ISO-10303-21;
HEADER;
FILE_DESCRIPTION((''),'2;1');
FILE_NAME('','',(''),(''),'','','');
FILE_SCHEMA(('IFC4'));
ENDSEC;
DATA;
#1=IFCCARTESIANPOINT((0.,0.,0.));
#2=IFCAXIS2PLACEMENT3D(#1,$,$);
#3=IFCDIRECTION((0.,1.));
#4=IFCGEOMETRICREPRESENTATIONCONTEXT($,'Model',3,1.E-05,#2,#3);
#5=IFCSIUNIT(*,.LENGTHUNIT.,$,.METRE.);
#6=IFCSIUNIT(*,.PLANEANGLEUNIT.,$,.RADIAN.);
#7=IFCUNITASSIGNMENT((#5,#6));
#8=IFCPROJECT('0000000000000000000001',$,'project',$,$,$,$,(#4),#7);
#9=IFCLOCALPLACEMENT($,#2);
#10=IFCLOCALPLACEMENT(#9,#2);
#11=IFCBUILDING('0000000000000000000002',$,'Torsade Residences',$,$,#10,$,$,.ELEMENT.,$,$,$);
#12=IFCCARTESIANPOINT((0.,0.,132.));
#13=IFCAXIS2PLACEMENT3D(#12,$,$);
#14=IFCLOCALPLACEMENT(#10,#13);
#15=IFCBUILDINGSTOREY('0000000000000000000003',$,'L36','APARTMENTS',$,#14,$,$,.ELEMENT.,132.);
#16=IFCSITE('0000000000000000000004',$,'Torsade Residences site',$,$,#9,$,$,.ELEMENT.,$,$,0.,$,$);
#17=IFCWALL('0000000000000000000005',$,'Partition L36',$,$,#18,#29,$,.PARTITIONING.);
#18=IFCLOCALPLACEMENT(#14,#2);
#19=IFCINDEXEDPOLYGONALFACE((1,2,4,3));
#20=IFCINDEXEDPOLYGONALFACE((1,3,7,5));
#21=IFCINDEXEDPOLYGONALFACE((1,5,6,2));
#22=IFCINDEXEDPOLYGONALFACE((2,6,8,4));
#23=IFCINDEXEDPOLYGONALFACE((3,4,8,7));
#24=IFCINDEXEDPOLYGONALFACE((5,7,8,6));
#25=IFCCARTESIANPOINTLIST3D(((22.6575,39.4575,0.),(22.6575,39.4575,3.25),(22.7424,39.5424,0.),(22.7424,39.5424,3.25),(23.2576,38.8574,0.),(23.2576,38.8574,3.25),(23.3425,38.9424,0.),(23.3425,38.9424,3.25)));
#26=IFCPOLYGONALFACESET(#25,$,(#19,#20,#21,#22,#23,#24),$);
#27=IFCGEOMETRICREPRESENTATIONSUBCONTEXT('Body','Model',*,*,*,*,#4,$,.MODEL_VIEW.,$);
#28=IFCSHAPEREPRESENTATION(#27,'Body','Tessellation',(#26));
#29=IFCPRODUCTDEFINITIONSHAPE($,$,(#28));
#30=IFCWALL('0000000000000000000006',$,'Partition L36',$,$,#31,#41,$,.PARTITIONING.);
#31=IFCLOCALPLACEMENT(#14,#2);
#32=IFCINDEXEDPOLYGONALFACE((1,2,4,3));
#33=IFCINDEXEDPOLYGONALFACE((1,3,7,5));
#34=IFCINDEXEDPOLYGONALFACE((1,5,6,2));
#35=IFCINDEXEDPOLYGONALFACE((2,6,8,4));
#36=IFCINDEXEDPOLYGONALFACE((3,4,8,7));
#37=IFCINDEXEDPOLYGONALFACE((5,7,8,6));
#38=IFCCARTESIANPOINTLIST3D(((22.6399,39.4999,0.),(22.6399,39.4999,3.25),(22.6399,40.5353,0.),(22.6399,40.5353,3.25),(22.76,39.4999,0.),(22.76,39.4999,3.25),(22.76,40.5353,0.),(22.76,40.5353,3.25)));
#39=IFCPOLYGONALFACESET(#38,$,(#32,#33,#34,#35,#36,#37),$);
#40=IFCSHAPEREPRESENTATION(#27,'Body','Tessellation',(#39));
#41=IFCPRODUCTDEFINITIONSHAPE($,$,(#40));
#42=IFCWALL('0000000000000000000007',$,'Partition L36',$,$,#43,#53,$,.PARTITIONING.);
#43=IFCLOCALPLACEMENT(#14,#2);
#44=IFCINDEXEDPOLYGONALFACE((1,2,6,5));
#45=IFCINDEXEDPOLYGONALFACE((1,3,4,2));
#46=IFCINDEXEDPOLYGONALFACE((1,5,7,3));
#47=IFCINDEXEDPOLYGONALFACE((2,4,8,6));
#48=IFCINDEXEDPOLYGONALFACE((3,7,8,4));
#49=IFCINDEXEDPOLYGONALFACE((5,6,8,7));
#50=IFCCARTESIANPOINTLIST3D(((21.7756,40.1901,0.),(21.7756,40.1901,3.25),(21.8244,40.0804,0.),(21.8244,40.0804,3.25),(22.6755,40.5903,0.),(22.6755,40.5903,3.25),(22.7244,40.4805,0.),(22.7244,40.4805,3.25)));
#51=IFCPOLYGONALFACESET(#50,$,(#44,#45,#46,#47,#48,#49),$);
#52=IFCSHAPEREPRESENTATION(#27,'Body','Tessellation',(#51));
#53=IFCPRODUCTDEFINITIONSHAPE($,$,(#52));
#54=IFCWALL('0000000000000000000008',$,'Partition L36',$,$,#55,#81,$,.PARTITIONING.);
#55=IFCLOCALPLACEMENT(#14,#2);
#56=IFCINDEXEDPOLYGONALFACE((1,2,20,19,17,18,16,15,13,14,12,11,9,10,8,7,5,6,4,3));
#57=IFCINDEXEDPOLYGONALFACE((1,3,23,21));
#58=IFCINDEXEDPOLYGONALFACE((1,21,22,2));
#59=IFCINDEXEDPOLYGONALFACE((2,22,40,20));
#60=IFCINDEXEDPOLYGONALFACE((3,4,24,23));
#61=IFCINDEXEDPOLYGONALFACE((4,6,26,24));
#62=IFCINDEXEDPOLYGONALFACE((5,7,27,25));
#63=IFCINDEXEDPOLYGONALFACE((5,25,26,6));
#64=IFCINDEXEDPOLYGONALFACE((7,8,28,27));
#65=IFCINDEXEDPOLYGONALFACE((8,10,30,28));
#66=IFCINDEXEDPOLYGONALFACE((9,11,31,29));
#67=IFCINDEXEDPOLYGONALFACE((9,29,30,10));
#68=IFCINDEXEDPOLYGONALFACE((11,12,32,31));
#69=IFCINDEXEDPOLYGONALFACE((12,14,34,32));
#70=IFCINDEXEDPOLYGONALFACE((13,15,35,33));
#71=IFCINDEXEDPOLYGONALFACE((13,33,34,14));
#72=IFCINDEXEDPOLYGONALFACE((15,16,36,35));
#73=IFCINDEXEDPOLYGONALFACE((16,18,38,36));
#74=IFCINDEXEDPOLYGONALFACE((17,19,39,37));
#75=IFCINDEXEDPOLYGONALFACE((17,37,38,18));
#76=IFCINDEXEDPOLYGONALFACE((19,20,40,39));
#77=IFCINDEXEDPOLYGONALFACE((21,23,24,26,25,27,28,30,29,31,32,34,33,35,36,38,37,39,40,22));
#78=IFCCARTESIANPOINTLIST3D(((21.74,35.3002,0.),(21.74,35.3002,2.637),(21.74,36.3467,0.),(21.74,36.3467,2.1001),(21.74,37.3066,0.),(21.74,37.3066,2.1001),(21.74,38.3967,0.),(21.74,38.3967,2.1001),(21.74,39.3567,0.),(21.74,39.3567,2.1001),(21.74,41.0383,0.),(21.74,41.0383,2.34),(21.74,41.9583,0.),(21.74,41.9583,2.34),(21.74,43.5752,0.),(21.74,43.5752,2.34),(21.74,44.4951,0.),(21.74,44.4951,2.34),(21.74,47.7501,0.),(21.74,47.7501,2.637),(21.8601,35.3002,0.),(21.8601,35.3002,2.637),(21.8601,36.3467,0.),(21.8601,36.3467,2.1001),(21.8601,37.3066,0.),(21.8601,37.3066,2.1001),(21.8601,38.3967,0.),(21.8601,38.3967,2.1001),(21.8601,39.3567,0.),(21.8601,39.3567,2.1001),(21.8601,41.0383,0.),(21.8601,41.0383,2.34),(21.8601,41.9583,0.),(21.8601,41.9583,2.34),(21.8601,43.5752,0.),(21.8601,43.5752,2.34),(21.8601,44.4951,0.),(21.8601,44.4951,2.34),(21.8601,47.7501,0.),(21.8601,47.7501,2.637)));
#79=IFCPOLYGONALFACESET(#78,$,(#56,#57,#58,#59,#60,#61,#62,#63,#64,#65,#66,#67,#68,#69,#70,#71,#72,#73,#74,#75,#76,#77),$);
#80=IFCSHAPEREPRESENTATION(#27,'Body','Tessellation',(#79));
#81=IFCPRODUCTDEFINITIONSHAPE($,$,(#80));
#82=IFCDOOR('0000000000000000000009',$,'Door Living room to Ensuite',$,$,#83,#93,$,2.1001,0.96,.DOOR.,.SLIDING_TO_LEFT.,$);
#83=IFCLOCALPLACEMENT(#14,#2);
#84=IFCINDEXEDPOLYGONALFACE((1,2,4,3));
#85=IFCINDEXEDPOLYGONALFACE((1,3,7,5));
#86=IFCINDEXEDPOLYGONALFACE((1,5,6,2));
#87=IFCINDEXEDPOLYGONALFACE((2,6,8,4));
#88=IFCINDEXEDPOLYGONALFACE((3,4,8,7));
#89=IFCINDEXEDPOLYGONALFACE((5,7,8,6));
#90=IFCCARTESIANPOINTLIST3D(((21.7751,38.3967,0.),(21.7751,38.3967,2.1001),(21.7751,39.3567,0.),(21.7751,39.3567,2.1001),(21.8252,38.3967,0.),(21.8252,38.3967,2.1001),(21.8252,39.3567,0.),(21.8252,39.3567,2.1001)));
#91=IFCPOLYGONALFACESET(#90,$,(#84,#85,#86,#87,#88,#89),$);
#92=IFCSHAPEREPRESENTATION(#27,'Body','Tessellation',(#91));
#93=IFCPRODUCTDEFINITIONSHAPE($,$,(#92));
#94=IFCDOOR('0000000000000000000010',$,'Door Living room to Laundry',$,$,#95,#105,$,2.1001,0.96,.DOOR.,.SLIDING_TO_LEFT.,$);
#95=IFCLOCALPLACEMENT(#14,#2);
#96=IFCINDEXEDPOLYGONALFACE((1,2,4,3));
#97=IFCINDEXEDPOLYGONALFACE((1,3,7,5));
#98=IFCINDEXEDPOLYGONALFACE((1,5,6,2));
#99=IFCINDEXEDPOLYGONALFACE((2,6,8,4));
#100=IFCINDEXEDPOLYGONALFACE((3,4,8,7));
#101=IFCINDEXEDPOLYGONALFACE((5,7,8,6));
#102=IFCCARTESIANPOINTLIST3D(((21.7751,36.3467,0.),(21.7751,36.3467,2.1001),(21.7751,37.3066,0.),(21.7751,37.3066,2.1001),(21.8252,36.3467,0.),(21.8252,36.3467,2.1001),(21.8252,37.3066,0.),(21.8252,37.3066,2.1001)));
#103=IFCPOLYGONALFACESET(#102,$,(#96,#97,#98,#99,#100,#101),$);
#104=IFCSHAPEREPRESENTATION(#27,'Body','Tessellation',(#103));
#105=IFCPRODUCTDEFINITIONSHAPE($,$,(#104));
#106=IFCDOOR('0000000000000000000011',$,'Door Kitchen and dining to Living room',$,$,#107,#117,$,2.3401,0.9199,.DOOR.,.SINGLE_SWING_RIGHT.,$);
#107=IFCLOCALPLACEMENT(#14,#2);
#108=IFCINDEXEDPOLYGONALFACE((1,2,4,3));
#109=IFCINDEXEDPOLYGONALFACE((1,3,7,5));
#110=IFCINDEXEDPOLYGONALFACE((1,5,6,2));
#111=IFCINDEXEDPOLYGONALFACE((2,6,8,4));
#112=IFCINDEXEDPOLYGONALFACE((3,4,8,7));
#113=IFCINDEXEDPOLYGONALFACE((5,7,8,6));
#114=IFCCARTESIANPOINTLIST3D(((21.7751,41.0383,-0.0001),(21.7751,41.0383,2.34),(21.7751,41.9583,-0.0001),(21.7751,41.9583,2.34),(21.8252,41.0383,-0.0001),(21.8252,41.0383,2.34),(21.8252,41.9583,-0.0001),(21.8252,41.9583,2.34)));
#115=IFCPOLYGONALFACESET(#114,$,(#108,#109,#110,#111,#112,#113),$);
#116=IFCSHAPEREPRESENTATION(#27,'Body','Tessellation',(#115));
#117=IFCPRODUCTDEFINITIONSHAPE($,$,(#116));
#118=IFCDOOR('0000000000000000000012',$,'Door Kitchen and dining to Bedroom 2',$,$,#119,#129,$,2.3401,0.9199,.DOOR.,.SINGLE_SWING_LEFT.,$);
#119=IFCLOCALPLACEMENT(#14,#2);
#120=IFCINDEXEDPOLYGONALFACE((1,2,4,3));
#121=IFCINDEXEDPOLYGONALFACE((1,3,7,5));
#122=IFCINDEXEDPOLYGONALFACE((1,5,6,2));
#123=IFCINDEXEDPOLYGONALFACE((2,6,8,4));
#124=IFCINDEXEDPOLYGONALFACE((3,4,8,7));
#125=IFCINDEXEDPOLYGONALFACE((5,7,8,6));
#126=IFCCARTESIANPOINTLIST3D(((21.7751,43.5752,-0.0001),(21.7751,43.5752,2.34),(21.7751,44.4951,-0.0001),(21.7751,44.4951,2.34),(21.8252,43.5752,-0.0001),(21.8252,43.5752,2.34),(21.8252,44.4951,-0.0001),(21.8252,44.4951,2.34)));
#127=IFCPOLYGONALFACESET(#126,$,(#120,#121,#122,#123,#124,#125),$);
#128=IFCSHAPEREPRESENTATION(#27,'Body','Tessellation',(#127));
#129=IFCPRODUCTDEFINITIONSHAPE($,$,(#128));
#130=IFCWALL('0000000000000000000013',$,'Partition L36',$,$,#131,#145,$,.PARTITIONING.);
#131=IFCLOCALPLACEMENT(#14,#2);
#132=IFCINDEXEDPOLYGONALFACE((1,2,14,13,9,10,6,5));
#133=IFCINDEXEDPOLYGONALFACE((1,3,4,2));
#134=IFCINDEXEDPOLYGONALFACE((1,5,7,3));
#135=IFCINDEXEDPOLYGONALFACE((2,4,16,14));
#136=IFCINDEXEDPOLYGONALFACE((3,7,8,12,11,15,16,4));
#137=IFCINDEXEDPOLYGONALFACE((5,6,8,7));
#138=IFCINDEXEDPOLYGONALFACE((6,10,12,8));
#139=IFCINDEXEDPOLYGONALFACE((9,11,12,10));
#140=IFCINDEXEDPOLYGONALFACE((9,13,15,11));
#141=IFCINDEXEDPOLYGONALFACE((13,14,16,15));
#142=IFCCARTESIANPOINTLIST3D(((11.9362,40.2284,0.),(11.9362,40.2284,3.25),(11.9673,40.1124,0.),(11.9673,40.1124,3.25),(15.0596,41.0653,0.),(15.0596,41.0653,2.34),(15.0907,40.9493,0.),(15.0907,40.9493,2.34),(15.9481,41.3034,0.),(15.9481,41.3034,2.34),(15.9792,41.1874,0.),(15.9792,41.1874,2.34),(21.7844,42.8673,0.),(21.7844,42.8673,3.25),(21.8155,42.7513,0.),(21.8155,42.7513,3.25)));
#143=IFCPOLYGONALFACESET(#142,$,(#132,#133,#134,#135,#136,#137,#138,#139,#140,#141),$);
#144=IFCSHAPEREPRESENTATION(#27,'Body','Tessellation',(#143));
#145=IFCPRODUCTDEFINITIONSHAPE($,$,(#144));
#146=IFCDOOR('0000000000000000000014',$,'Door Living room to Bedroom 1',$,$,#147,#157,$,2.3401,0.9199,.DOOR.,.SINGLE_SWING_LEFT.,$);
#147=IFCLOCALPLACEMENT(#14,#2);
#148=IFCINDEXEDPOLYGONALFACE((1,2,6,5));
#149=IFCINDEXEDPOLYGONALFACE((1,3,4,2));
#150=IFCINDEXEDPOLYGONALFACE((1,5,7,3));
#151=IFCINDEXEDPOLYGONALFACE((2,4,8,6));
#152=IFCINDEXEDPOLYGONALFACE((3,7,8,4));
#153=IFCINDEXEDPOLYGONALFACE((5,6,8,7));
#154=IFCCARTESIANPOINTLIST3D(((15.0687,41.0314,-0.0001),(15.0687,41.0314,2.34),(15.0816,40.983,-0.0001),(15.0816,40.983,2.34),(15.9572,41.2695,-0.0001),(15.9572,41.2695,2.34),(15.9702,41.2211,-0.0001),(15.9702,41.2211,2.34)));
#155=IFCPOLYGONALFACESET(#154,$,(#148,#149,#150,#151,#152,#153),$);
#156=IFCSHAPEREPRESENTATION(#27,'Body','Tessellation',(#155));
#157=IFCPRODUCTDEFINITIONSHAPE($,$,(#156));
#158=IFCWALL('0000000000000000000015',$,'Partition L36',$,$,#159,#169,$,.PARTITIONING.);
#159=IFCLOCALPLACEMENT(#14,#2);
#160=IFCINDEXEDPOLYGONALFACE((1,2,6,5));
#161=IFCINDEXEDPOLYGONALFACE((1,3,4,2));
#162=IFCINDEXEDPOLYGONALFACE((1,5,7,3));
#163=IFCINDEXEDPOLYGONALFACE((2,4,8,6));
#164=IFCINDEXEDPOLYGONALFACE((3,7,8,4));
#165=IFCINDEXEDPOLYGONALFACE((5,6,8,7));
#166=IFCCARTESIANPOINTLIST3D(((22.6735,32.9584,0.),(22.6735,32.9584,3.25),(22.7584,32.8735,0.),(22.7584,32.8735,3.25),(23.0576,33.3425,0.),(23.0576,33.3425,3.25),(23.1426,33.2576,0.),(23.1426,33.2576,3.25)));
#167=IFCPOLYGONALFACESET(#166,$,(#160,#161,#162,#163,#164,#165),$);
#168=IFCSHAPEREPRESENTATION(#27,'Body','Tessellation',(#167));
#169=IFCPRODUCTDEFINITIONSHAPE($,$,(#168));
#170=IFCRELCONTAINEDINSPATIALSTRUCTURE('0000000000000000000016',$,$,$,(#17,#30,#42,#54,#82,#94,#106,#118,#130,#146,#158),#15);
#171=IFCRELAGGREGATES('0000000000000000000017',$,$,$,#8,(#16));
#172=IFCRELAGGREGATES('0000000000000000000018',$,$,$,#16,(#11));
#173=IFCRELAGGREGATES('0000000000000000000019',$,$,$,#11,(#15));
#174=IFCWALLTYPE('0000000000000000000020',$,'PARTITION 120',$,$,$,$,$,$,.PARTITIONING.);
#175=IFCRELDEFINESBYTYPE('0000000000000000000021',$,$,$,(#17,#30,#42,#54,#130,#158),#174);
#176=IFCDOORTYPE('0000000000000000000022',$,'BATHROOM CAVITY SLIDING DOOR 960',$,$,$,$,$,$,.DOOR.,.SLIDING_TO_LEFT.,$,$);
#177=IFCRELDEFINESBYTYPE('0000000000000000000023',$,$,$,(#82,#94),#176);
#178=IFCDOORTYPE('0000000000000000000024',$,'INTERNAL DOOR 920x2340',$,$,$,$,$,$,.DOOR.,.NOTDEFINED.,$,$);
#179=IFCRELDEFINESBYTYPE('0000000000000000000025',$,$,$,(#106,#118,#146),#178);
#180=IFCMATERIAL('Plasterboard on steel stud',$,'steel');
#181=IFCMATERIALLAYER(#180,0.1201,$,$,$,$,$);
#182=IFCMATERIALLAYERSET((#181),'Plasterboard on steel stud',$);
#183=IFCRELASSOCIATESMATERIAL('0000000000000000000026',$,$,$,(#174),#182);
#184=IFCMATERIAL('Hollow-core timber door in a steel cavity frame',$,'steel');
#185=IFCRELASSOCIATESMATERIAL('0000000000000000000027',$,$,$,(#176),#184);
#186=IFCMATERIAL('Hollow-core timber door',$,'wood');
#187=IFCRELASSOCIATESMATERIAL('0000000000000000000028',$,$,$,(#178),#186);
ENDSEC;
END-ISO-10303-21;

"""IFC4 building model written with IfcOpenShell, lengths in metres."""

from ifc_helpers import new_model, si_unit, direction, frame, frame_2d, origin, place, context, subcontext, project, spatial, rectangle, extrude, material, layer, layer_set, type_object, element, fill, save


model = new_model("IFC4")

# Units and contexts
model_context = context("Model", 3, precision=1e-05, world=origin(), true_north=direction((0.0, 1.0)))
body_context = subcontext(model_context, "Body", "Model", "MODEL_VIEW")
ifc_project = project(units=[si_unit("LENGTHUNIT", "METRE"), si_unit("PLANEANGLEUNIT", "RADIAN")], contexts=[model_context])

# Site, building, storey
site_placement = place(None, origin())
site = spatial("IfcSite", under=ifc_project, at=site_placement, Name="Torsade Residences site", CompositionType="ELEMENT", RefElevation=0.0)
building_placement = place(site_placement, origin())
building = spatial("IfcBuilding", under=site, at=building_placement, Name="Torsade Residences", CompositionType="ELEMENT")
storey_placement = place(building_placement, frame((0.0, 0.0, 132.0)))
storey = spatial("IfcBuildingStorey", under=building, at=storey_placement, Name="L36", Description="APARTMENTS", CompositionType="ELEMENT", Elevation=132.0)

# Walls
ifc_material_1 = material(Name="Plasterboard on steel stud", Category="steel")
ifc_layer_1 = layer(ifc_material_1, 0.1201)
ifc_layer_set_1 = layer_set([ifc_layer_1], Name="Plasterboard on steel stud")
wall_type_1 = type_object("IfcWallType", Name="PARTITION 120", PredefinedType="PARTITIONING", material=ifc_layer_set_1)
wall_1_placement = place(storey_placement, frame((23.3, 38.8999, 0.0), z_axis=(0.0, 0.0, 1.0), x_axis=(-0.707107, 0.707107, 0.0)))
element("IfcWall", 1, at=wall_1_placement, inside=storey, type_object=wall_type_1, Name="Partition L36", PredefinedType="PARTITIONING", context=body_context, shape_type="SweptSolid", body=[
    extrude(rectangle(XDim=0.8486, YDim=0.1201, at=frame_2d((0.4243, 0.0))), origin(), (0.0, 0.0, 1.0), 3.25),
])
wall_2_placement = place(storey_placement, frame((22.7, 39.5, 0.0), z_axis=(0.0, 0.0, 1.0), x_axis=(0.0, 1.0, 0.0)))
element("IfcWall", 2, at=wall_2_placement, inside=storey, type_object=wall_type_1, Name="Partition L36", PredefinedType="PARTITIONING", context=body_context, shape_type="SweptSolid", body=[
    extrude(rectangle(XDim=1.0354, YDim=0.1201, at=frame_2d((0.5176, 0.0))), origin(), (0.0, 0.0, 1.0), 3.25),
])
wall_3_placement = place(storey_placement, frame((22.7, 40.5354, 0.0), z_axis=(0.0, 0.0, 1.0), x_axis=(-0.91374, -0.406299, 0.0)))
element("IfcWall", 3, at=wall_3_placement, inside=storey, type_object=wall_type_1, Name="Partition L36", PredefinedType="PARTITIONING", context=body_context, shape_type="SweptSolid", body=[
    extrude(rectangle(XDim=0.9849, YDim=0.1201, at=frame_2d((0.4924, 0.0))), origin(), (0.0, 0.0, 1.0), 3.25),
])

# Wall, openings, doors
wall_4_placement = place(storey_placement, frame((21.8, 35.3, 0.0), z_axis=(0.0, 0.0, 1.0), x_axis=(0.0, 1.0, 0.0)))
wall_4 = element("IfcWall", 4, at=wall_4_placement, inside=storey, type_object=wall_type_1, Name="Partition L36", PredefinedType="PARTITIONING", context=body_context, shape_type="SweptSolid", body=[
    extrude(rectangle(XDim=12.45, YDim=0.1201, at=frame_2d((6.2251, 0.0))), origin(), (0.0, 0.0, 1.0), 2.637),
])
opening_1_placement = place(wall_4_placement, frame((5.7383, 0.0, 0.0)))
opening_1 = element("IfcOpeningElement", 5, at=opening_1_placement, cuts=wall_4, PredefinedType="OPENING", context=body_context, shape_type="SweptSolid", body=[
    extrude(rectangle(XDim=0.9199, YDim=2.3401, at=frame_2d((0.46, 1.1699))), frame((0.0, 0.0701, 0.0), z_axis=(0.0, -1.0, 0.0), x_axis=(1.0, 0.0, 0.0)), (0.0, 0.0, 1.0), 0.1401),
])
opening_2_placement = place(wall_4_placement, frame((8.2751, 0.0, 0.0)))
opening_2 = element("IfcOpeningElement", 6, at=opening_2_placement, cuts=wall_4, PredefinedType="OPENING", context=body_context, shape_type="SweptSolid", body=[
    extrude(rectangle(XDim=0.9199, YDim=2.3401, at=frame_2d((0.46, 1.1699))), frame((0.0, 0.0701, 0.0), z_axis=(0.0, -1.0, 0.0), x_axis=(1.0, 0.0, 0.0)), (0.0, 0.0, 1.0), 0.1401),
])
opening_3_placement = place(wall_4_placement, frame((3.0967, 0.0, 0.0)))
opening_3 = element("IfcOpeningElement", 7, at=opening_3_placement, cuts=wall_4, PredefinedType="OPENING", context=body_context, shape_type="SweptSolid", body=[
    extrude(rectangle(XDim=0.96, YDim=2.1001, at=frame_2d((0.48, 1.05))), frame((0.0, 0.0701, 0.0), z_axis=(0.0, -1.0, 0.0), x_axis=(1.0, 0.0, 0.0)), (0.0, 0.0, 1.0), 0.1401),
])
opening_4_placement = place(wall_4_placement, frame((1.0466, 0.0, 0.0)))
opening_4 = element("IfcOpeningElement", 8, at=opening_4_placement, cuts=wall_4, PredefinedType="OPENING", context=body_context, shape_type="SweptSolid", body=[
    extrude(rectangle(XDim=0.96, YDim=2.1001, at=frame_2d((0.48, 1.05))), frame((0.0, 0.0701, 0.0), z_axis=(0.0, -1.0, 0.0), x_axis=(1.0, 0.0, 0.0)), (0.0, 0.0, 1.0), 0.1401),
])
ifc_material_2 = material(Name="Hollow-core timber door in a steel cavity frame", Category="steel")
door_type_1 = type_object("IfcDoorType", Name="BATHROOM CAVITY SLIDING DOOR 960", OperationType="SLIDING_TO_LEFT", PredefinedType="DOOR", material=ifc_material_2)
door_1_placement = place(opening_3_placement, origin())
door_1 = element("IfcDoor", 9, at=door_1_placement, inside=storey, type_object=door_type_1, Name="Door Living room to Ensuite", OperationType="SLIDING_TO_LEFT", OverallHeight=2.1001, OverallWidth=0.96, PredefinedType="DOOR", context=body_context, shape_type="SweptSolid", body=[
    extrude(rectangle(XDim=0.96, YDim=2.1001, at=frame_2d((0.48, 1.05))), frame((0.0, 0.0249, 0.0), z_axis=(0.0, -1.0, 0.0), x_axis=(1.0, 0.0, 0.0)), (0.0, 0.0, 1.0), 0.05),
])
fill(opening_3, door_1)
door_2_placement = place(opening_4_placement, origin())
door_2 = element("IfcDoor", 10, at=door_2_placement, inside=storey, type_object=door_type_1, Name="Door Living room to Laundry", OperationType="SLIDING_TO_LEFT", OverallHeight=2.1001, OverallWidth=0.96, PredefinedType="DOOR", context=body_context, shape_type="SweptSolid", body=[
    extrude(rectangle(XDim=0.96, YDim=2.1001, at=frame_2d((0.48, 1.05))), frame((0.0, 0.0249, 0.0), z_axis=(0.0, -1.0, 0.0), x_axis=(1.0, 0.0, 0.0)), (0.0, 0.0, 1.0), 0.05),
])
fill(opening_4, door_2)
ifc_material_3 = material(Name="Hollow-core timber door", Category="wood")
door_type_2 = type_object("IfcDoorType", Name="INTERNAL DOOR 920x2340", OperationType="NOTDEFINED", PredefinedType="DOOR", material=ifc_material_3)
door_3_placement = place(opening_1_placement, origin())
door_3 = element("IfcDoor", 11, at=door_3_placement, inside=storey, type_object=door_type_2, Name="Door Kitchen and dining to Living room", OperationType="SINGLE_SWING_RIGHT", OverallHeight=2.3401, OverallWidth=0.9199, PredefinedType="DOOR", context=body_context, shape_type="SweptSolid", body=[
    extrude(rectangle(XDim=0.9199, YDim=2.3401, at=frame_2d((0.46, 1.1699))), frame((0.0, 0.0249, 0.0), z_axis=(0.0, -1.0, 0.0), x_axis=(1.0, 0.0, 0.0)), (0.0, 0.0, 1.0), 0.05),
])
fill(opening_1, door_3)
door_4_placement = place(opening_2_placement, origin())
door_4 = element("IfcDoor", 12, at=door_4_placement, inside=storey, type_object=door_type_2, Name="Door Kitchen and dining to Bedroom 2", OperationType="SINGLE_SWING_LEFT", OverallHeight=2.3401, OverallWidth=0.9199, PredefinedType="DOOR", context=body_context, shape_type="SweptSolid", body=[
    extrude(rectangle(XDim=0.9199, YDim=2.3401, at=frame_2d((0.46, 1.1699))), frame((0.0, 0.0249, 0.0), z_axis=(0.0, -1.0, 0.0), x_axis=(1.0, 0.0, 0.0)), (0.0, 0.0, 1.0), 0.05),
])
fill(opening_2, door_4)

# Wall, opening, door
wall_5_placement = place(storey_placement, frame((11.9519, 40.1704, 0.0), z_axis=(0.0, 0.0, 1.0), x_axis=(0.965923, 0.258829, 0.0)))
wall_5 = element("IfcWall", 13, at=wall_5_placement, inside=storey, type_object=wall_type_1, Name="Partition L36", PredefinedType="PARTITIONING", context=body_context, shape_type="SweptSolid", body=[
    extrude(rectangle(XDim=10.1956, YDim=0.1201, at=frame_2d((5.0977, 0.0))), origin(), (0.0, 0.0, 1.0), 3.25),
])
opening_5_placement = place(wall_5_placement, frame((3.2334, 0.0, 0.0)))
opening_5 = element("IfcOpeningElement", 14, at=opening_5_placement, cuts=wall_5, PredefinedType="OPENING", context=body_context, shape_type="SweptSolid", body=[
    extrude(rectangle(XDim=0.9199, YDim=2.3401, at=frame_2d((0.46, 1.1699))), frame((0.0, 0.0701, 0.0), z_axis=(0.0, -1.0, 0.0), x_axis=(1.0, 0.0, 0.0)), (0.0, 0.0, 1.0), 0.1401),
])
door_5_placement = place(opening_5_placement, origin())
door_5 = element("IfcDoor", 15, at=door_5_placement, inside=storey, type_object=door_type_2, Name="Door Living room to Bedroom 1", OperationType="SINGLE_SWING_LEFT", OverallHeight=2.3401, OverallWidth=0.9199, PredefinedType="DOOR", context=body_context, shape_type="SweptSolid", body=[
    extrude(rectangle(XDim=0.9199, YDim=2.3401, at=frame_2d((0.46, 1.1699))), frame((0.0, 0.0249, 0.0), z_axis=(0.0, -1.0, 0.0), x_axis=(1.0, 0.0, 0.0)), (0.0, 0.0, 1.0), 0.05),
])
fill(opening_5, door_5)

# Wall
wall_6_placement = place(storey_placement, frame((22.7161, 32.916, 0.0), z_axis=(0.0, 0.0, 1.0), x_axis=(0.707107, 0.707107, 0.0)))
element("IfcWall", 16, at=wall_6_placement, inside=storey, type_object=wall_type_1, Name="Partition L36", PredefinedType="PARTITIONING", context=body_context, shape_type="SweptSolid", body=[
    extrude(rectangle(XDim=0.5432, YDim=0.1201, at=frame_2d((0.2715, 0.0))), origin(), (0.0, 0.0, 1.0), 3.25),
])

save(model, "model.ifc")
